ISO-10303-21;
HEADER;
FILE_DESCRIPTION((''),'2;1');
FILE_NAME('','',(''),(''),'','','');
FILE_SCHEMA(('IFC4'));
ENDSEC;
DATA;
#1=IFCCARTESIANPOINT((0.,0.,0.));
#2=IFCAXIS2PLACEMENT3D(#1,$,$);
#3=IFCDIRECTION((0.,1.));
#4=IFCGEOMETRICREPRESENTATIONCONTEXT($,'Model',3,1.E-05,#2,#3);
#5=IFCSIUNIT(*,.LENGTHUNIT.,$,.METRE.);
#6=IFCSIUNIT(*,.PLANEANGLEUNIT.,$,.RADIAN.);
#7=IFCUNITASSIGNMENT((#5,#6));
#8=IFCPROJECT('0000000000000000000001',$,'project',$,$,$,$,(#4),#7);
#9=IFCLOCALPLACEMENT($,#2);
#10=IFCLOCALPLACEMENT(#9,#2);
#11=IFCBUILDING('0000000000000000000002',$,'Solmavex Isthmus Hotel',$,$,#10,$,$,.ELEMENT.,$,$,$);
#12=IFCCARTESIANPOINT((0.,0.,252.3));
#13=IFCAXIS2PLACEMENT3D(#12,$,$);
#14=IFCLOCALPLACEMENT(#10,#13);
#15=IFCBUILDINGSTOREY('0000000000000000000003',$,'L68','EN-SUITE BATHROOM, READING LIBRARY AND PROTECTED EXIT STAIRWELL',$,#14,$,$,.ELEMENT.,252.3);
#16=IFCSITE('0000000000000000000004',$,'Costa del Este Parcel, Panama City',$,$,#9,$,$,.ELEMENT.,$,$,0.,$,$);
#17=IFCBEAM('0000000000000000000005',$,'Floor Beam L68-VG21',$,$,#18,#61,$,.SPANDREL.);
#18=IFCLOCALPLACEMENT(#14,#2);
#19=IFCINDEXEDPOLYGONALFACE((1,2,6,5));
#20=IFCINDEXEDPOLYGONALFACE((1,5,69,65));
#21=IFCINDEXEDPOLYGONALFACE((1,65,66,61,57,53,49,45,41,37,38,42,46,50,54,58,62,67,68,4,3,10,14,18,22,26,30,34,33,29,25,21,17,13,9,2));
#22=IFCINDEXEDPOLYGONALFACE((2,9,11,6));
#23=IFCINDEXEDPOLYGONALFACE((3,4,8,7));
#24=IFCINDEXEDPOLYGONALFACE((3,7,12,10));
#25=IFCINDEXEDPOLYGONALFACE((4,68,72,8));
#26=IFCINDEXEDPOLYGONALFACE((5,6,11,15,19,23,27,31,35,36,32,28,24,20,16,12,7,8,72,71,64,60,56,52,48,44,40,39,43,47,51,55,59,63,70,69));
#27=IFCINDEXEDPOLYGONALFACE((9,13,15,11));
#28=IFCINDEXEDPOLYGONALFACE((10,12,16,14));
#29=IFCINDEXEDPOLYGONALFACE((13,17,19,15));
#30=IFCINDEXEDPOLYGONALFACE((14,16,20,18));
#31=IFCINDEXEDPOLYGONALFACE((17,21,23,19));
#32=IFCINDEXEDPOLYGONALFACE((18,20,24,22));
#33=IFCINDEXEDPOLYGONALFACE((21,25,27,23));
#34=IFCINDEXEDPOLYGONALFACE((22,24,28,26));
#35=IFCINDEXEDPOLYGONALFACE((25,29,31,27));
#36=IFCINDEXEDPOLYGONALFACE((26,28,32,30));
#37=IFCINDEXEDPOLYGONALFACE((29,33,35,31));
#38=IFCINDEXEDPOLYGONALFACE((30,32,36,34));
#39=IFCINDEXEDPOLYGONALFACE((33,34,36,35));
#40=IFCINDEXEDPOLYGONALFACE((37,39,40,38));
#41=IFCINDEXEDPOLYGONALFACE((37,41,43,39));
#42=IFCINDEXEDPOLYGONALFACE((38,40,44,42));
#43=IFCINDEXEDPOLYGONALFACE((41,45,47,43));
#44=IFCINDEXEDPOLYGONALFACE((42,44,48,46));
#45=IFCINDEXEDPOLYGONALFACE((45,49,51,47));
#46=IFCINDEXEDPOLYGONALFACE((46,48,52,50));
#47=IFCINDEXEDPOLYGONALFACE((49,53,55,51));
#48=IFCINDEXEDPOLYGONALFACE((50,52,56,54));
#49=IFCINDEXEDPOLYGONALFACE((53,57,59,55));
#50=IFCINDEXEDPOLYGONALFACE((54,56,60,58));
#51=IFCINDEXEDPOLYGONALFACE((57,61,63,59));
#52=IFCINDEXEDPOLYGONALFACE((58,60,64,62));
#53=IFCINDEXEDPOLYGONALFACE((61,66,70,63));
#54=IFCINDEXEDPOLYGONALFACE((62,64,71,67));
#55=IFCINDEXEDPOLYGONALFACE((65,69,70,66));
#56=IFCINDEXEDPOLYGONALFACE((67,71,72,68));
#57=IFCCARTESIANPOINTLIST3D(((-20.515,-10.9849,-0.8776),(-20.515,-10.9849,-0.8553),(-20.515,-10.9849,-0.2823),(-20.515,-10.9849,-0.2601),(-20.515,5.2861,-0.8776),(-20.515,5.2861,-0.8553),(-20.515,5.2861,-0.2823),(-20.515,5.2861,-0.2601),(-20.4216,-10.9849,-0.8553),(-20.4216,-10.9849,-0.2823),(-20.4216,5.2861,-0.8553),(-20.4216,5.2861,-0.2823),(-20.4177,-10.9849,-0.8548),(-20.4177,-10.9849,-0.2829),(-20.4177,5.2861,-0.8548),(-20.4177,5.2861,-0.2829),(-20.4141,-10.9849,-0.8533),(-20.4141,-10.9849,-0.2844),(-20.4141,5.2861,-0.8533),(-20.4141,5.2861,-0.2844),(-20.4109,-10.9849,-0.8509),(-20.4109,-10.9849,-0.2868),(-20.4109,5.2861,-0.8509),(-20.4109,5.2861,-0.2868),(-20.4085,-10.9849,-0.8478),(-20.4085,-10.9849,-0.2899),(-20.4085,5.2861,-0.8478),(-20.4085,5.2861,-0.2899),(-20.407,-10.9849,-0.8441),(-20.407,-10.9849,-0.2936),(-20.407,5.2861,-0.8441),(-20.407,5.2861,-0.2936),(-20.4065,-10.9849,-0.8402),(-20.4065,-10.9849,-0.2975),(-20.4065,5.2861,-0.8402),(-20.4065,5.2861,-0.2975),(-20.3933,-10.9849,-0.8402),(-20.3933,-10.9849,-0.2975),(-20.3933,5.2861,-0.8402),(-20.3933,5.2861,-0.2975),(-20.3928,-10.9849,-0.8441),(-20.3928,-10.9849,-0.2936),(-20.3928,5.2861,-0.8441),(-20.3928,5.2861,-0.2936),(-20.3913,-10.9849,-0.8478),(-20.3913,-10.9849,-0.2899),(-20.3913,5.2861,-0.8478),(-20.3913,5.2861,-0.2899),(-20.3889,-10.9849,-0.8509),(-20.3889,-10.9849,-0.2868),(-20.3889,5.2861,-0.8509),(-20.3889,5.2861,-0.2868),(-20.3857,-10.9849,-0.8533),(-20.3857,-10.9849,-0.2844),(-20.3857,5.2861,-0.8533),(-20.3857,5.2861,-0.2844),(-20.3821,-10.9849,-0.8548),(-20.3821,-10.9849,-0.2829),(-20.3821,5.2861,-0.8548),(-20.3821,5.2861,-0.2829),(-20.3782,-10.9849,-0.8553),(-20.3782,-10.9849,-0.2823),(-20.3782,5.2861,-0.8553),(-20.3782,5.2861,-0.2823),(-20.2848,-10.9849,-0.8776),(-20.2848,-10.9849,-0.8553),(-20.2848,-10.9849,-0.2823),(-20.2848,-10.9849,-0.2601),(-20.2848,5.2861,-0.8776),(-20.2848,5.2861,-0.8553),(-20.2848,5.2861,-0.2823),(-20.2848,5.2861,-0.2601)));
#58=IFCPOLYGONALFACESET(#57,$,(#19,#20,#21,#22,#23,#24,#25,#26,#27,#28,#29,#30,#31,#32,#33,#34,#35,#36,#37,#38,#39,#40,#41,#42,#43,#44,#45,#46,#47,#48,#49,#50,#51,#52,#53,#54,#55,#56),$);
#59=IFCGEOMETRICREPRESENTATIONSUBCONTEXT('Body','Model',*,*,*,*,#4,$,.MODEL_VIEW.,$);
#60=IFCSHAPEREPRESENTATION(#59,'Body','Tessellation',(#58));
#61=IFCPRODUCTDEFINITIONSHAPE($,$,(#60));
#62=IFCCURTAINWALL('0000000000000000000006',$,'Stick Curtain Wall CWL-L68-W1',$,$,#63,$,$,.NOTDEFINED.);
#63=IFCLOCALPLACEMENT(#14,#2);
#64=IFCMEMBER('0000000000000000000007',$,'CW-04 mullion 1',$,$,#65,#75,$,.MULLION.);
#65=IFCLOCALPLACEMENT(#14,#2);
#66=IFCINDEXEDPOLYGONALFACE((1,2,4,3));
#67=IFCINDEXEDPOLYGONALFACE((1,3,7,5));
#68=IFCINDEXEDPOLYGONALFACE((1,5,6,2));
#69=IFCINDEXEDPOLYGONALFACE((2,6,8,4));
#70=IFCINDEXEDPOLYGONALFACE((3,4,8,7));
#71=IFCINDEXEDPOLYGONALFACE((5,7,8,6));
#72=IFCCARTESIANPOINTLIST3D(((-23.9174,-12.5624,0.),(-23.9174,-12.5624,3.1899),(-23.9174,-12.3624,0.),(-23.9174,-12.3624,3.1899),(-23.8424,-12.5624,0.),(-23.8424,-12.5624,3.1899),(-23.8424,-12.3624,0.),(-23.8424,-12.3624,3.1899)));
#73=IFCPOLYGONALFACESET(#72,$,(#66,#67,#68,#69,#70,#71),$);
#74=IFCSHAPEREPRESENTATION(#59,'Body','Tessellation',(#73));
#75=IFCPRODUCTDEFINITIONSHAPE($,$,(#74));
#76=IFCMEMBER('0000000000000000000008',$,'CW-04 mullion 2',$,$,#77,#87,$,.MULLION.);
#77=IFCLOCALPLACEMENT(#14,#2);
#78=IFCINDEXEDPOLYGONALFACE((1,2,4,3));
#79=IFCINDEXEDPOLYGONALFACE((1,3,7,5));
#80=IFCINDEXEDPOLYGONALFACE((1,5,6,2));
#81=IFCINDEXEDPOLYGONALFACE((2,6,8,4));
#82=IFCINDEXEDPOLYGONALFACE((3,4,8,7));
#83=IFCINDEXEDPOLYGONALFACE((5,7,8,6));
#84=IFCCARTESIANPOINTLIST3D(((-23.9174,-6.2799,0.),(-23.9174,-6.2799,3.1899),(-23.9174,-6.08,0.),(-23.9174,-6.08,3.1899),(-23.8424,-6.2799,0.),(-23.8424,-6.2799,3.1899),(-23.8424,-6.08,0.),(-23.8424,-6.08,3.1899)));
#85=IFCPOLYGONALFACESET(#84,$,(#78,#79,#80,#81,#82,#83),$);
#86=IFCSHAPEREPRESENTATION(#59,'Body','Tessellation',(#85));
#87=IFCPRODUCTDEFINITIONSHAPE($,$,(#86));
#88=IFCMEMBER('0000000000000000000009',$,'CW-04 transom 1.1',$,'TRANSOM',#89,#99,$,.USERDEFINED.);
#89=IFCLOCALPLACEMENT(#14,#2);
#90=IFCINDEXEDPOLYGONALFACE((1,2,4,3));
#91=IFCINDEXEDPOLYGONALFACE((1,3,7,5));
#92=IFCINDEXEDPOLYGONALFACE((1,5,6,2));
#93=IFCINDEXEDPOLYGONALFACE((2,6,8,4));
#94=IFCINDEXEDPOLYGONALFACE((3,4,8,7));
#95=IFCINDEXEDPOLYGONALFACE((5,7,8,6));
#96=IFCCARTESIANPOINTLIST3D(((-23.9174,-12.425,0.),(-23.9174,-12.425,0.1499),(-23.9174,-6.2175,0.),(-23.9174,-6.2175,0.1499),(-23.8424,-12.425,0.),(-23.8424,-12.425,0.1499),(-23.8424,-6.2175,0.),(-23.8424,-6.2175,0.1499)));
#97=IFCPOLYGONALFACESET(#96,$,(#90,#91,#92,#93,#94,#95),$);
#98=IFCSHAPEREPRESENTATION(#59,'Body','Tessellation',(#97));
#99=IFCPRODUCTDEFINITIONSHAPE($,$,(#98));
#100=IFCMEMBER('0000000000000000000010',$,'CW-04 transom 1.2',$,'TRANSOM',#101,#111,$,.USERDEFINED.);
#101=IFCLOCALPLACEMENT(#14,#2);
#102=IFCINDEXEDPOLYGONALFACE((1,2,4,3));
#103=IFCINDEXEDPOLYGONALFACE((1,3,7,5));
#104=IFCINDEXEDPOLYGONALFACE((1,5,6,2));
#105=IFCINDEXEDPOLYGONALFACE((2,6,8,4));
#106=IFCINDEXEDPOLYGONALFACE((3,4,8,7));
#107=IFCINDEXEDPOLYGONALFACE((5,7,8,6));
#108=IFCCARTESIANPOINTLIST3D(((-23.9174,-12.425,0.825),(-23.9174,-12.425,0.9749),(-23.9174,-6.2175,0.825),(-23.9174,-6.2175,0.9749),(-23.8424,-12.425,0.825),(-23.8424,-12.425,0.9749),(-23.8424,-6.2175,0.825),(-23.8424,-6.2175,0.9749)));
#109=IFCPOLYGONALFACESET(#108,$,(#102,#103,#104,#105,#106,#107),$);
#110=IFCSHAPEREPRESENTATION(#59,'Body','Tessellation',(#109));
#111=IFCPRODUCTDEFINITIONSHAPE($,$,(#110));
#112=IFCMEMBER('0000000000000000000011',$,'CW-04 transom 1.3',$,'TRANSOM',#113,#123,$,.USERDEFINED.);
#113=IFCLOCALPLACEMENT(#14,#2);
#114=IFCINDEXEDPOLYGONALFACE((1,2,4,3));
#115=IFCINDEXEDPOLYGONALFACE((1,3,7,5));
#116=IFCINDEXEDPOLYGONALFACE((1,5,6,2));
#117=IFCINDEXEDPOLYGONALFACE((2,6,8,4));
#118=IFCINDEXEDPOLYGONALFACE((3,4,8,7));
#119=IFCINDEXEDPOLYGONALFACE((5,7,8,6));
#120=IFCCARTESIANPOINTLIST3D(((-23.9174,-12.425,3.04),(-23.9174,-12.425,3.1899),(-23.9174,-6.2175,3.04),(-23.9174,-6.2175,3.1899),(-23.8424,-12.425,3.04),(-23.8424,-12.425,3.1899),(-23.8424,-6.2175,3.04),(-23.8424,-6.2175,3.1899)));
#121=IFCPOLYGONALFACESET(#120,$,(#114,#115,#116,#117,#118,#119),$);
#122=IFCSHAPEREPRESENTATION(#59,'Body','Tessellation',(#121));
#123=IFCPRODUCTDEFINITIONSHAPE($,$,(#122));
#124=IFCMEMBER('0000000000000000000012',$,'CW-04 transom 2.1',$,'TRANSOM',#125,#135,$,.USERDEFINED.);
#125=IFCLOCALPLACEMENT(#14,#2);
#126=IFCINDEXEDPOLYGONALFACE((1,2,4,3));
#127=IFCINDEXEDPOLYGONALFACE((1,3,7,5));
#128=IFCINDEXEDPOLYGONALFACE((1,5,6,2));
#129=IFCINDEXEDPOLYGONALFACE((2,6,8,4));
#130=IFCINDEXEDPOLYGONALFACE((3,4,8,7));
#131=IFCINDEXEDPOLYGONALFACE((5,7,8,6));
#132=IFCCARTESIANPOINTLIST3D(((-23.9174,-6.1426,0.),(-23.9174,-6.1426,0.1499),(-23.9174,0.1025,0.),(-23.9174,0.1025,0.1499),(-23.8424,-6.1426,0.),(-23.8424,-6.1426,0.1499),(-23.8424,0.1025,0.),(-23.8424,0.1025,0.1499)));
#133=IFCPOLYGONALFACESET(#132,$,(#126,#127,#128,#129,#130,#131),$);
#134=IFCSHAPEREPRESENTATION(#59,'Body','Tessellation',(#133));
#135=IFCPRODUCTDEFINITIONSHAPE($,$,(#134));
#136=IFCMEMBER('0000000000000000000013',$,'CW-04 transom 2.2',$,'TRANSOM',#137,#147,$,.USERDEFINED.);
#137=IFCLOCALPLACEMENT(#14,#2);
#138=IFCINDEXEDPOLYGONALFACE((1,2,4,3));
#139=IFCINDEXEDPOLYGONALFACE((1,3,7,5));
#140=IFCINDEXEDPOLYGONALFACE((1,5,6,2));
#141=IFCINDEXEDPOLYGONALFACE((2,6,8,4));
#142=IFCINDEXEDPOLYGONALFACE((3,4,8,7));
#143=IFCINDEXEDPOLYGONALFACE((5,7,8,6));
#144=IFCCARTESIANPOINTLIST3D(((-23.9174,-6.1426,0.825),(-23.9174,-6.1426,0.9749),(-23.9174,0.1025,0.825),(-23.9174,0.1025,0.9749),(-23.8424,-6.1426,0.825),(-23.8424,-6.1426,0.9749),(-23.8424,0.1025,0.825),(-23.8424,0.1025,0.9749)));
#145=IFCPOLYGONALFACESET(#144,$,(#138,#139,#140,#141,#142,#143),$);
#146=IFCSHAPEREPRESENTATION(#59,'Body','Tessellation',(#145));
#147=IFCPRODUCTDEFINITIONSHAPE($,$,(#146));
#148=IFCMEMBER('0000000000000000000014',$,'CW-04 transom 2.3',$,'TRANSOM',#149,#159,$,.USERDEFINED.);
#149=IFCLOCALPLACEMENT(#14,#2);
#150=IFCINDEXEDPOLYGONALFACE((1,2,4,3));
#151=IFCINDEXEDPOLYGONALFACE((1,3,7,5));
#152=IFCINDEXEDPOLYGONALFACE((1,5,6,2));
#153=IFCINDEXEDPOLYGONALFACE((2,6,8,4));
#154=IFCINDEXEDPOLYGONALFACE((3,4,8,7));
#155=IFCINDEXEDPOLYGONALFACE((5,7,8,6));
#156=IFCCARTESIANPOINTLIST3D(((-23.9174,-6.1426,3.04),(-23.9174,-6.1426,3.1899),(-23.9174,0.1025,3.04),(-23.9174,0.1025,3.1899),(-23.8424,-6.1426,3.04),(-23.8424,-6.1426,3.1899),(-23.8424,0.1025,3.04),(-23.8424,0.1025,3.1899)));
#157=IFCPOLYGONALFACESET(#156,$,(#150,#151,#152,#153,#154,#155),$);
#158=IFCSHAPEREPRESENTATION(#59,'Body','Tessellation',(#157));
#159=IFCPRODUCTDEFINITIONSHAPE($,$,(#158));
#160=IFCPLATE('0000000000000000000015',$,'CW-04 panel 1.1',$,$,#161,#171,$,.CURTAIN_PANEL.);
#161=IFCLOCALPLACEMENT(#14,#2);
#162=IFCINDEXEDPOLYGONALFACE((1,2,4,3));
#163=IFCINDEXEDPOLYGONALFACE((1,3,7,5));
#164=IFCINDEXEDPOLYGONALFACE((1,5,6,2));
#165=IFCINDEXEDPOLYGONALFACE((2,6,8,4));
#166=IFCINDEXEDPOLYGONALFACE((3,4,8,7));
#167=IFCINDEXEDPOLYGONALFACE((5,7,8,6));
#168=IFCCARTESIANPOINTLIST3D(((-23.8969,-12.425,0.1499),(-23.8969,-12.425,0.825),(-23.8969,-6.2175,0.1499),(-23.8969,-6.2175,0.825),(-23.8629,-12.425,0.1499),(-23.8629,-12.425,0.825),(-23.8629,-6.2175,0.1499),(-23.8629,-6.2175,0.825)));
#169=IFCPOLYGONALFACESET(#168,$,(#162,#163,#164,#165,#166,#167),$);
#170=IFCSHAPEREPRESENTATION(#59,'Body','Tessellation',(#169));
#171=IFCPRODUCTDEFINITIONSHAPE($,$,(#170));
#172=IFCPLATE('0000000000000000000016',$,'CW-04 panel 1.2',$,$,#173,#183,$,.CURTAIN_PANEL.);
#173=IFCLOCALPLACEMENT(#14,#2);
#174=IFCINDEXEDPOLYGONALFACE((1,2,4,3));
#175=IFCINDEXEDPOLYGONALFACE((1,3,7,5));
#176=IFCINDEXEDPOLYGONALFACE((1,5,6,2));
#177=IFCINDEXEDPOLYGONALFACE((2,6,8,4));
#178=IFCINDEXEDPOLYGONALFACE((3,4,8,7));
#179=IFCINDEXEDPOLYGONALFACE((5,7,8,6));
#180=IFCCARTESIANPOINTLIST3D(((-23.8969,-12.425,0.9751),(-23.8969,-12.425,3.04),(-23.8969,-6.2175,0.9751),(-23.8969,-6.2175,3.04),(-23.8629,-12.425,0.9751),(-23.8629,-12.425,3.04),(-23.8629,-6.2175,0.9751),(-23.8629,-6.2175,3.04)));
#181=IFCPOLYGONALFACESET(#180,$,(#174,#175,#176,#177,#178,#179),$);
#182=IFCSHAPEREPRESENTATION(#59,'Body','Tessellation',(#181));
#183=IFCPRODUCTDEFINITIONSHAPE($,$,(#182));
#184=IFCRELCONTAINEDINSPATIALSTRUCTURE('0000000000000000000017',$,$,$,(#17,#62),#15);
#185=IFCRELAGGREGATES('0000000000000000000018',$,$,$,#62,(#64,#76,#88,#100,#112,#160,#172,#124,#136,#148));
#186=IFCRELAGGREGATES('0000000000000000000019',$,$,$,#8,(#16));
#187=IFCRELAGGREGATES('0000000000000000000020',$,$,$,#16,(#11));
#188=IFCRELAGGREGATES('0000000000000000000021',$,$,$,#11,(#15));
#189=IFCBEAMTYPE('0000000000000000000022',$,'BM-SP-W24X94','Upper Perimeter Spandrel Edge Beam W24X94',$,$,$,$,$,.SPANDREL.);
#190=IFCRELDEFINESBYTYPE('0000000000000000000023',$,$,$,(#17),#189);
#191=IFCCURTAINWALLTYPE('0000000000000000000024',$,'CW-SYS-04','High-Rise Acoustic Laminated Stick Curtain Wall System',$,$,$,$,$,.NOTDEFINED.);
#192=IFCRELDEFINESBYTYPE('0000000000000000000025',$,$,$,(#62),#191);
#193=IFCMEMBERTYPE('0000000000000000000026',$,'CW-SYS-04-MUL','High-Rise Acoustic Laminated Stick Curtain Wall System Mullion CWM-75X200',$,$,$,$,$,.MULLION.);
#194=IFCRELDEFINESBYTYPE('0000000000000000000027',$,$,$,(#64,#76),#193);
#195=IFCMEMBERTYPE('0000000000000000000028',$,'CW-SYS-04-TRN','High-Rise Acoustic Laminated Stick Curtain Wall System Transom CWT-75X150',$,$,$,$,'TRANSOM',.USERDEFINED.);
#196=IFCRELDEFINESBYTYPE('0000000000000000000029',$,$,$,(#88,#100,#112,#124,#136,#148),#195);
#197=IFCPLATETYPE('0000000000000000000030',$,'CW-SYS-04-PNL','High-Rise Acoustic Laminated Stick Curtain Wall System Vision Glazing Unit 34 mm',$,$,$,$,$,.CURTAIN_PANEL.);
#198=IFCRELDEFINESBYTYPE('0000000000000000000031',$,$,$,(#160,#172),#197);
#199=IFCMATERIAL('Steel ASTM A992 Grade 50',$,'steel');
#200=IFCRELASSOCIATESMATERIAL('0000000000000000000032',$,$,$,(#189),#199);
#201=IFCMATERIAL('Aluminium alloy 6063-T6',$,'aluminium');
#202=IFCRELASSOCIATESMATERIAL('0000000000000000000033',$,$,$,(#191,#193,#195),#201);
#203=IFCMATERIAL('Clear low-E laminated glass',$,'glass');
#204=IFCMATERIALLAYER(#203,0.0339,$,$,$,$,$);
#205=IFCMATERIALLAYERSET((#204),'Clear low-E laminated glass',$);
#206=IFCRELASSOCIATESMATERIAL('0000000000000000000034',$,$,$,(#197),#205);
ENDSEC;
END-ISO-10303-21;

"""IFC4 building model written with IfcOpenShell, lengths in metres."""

from ifc_helpers import new_model, si_unit, direction, frame, origin, origin_2d, place, context, subcontext, project, spatial, rectangle, i_section, extrude, material, layer, layer_set, material_profile, profile_set, type_object, element, aggregate, save


model = new_model("IFC4")

# Units and contexts
model_context = context("Model", 3, precision=1e-05, world=origin(), true_north=direction((0.0, 1.0)))
body_context = subcontext(model_context, "Body", "Model", "MODEL_VIEW")
ifc_project = project(units=[si_unit("LENGTHUNIT", "METRE"), si_unit("PLANEANGLEUNIT", "RADIAN")], contexts=[model_context])

# Site, building, storey
site_placement = place(None, origin())
site = spatial("IfcSite", under=ifc_project, at=site_placement, Name="Costa del Este Parcel, Panama City", CompositionType="ELEMENT", RefElevation=0.0)
building_placement = place(site_placement, origin())
building = spatial("IfcBuilding", under=site, at=building_placement, Name="Solmavex Isthmus Hotel", CompositionType="ELEMENT")
storey_placement = place(building_placement, frame((0.0, 0.0, 252.3)))
storey = spatial("IfcBuildingStorey", under=building, at=storey_placement, Name="L68", Description="EN-SUITE BATHROOM, READING LIBRARY AND PROTECTED EXIT STAIRWELL", CompositionType="ELEMENT", Elevation=252.3)

# Beam
ifc_material_1 = material(Name="Steel ASTM A992 Grade 50", Category="steel")
ifc_material_profile_1 = material_profile(ifc_material_1, i_section(OverallWidth=0.2302, OverallDepth=0.6174, WebThickness=0.0132, FlangeThickness=0.0222, FilletRadius=0.0151, at=origin_2d()), Name="W24X94")
ifc_profile_set_1 = profile_set([ifc_material_profile_1], Name="Steel ASTM A992 Grade 50")
beam_type_1 = type_object("IfcBeamType", Name="BM-SP-W24X94", Description="Upper Perimeter Spandrel Edge Beam W24X94", PredefinedType="SPANDREL", material=ifc_profile_set_1)
beam_1_placement = place(storey_placement, frame((-20.3999, -10.9849, -0.5688), z_axis=(0.0, 1.0, 0.0), x_axis=(-1.0, 0.0, 0.0)))
element("IfcBeam", 1, at=beam_1_placement, inside=storey, type_object=beam_type_1, Name="Floor Beam L68-VG21", PredefinedType="SPANDREL", context=body_context, shape_type="SweptSolid", body=[
    extrude(i_section(OverallWidth=0.2302, OverallDepth=0.6174, WebThickness=0.0132, FlangeThickness=0.0222, FilletRadius=0.0151, at=origin_2d()), origin(), (0.0, 0.0, 1.0), 16.271),
])

# Curtain wall, members, plates
ifc_material_2 = material(Name="Aluminium alloy 6063-T6", Category="aluminium")
curtain_wall_type = type_object("IfcCurtainWallType", Name="CW-SYS-04", Description="High-Rise Acoustic Laminated Stick Curtain Wall System", PredefinedType="NOTDEFINED", material=ifc_material_2)
curtain_wall_placement = place(storey_placement, origin())
curtain_wall = element("IfcCurtainWall", 2, at=curtain_wall_placement, inside=storey, type_object=curtain_wall_type, Name="Stick Curtain Wall CWL-L68-W1", PredefinedType="NOTDEFINED")
ifc_material_profile_2 = material_profile(ifc_material_2, rectangle(XDim=0.075, YDim=0.2, at=origin_2d()), Name="CWM-75X200")
ifc_profile_set_2 = profile_set([ifc_material_profile_2], Name="Aluminium alloy 6063-T6")
member_type_1 = type_object("IfcMemberType", Name="CW-SYS-04-MUL", Description="High-Rise Acoustic Laminated Stick Curtain Wall System Mullion CWM-75X200", PredefinedType="MULLION", material=ifc_profile_set_2)
member_1_placement = place(storey_placement, frame((-23.8799, -12.4624, 0.0), z_axis=(0.0, 0.0, 1.0), x_axis=(-1.0, 0.0, 0.0)))
member_1 = element("IfcMember", 3, at=member_1_placement, type_object=member_type_1, Name="CW-04 mullion 1", PredefinedType="MULLION", context=body_context, shape_type="SweptSolid", body=[
    extrude(rectangle(XDim=0.075, YDim=0.2, at=origin_2d()), origin(), (0.0, 0.0, 1.0), 3.1899),
])
member_2_placement = place(storey_placement, frame((-23.8799, -6.1799, 0.0), z_axis=(0.0, 0.0, 1.0), x_axis=(-1.0, 0.0, 0.0)))
member_2 = element("IfcMember", 4, at=member_2_placement, type_object=member_type_1, Name="CW-04 mullion 2", PredefinedType="MULLION", context=body_context, shape_type="SweptSolid", body=[
    extrude(rectangle(XDim=0.075, YDim=0.2, at=origin_2d()), origin(), (0.0, 0.0, 1.0), 3.1899),
])
ifc_material_profile_3 = material_profile(ifc_material_2, rectangle(XDim=0.075, YDim=0.1499, at=origin_2d()), Name="CWT-75X150")
ifc_profile_set_3 = profile_set([ifc_material_profile_3], Name="Aluminium alloy 6063-T6")
member_type_2 = type_object("IfcMemberType", Name="CW-SYS-04-TRN", Description="High-Rise Acoustic Laminated Stick Curtain Wall System Transom CWT-75X150", ElementType="TRANSOM", PredefinedType="USERDEFINED", material=ifc_profile_set_3)
member_3_placement = place(storey_placement, frame((-23.8799, -12.425, 0.075), z_axis=(0.0, 1.0, 0.0), x_axis=(-1.0, 0.0, 0.0)))
member_3 = element("IfcMember", 5, at=member_3_placement, type_object=member_type_2, Name="CW-04 transom 1.1", ObjectType="TRANSOM", PredefinedType="USERDEFINED", context=body_context, shape_type="SweptSolid", body=[
    extrude(rectangle(XDim=0.075, YDim=0.1499, at=origin_2d()), origin(), (0.0, 0.0, 1.0), 6.2075),
])
member_4_placement = place(storey_placement, frame((-23.8799, -12.425, 0.8999), z_axis=(0.0, 1.0, 0.0), x_axis=(-1.0, 0.0, 0.0)))
member_4 = element("IfcMember", 6, at=member_4_placement, type_object=member_type_2, Name="CW-04 transom 1.2", ObjectType="TRANSOM", PredefinedType="USERDEFINED", context=body_context, shape_type="SweptSolid", body=[
    extrude(rectangle(XDim=0.075, YDim=0.1499, at=origin_2d()), origin(), (0.0, 0.0, 1.0), 6.2075),
])
member_5_placement = place(storey_placement, frame((-23.8799, -12.425, 3.115), z_axis=(0.0, 1.0, 0.0), x_axis=(-1.0, 0.0, 0.0)))
member_5 = element("IfcMember", 7, at=member_5_placement, type_object=member_type_2, Name="CW-04 transom 1.3", ObjectType="TRANSOM", PredefinedType="USERDEFINED", context=body_context, shape_type="SweptSolid", body=[
    extrude(rectangle(XDim=0.075, YDim=0.1499, at=origin_2d()), origin(), (0.0, 0.0, 1.0), 6.2075),
])
member_6_placement = place(storey_placement, frame((-23.8799, -6.1426, 0.075), z_axis=(0.0, 1.0, 0.0), x_axis=(-1.0, 0.0, 0.0)))
member_6 = element("IfcMember", 8, at=member_6_placement, type_object=member_type_2, Name="CW-04 transom 2.1", ObjectType="TRANSOM", PredefinedType="USERDEFINED", context=body_context, shape_type="SweptSolid", body=[
    extrude(rectangle(XDim=0.075, YDim=0.1499, at=origin_2d()), origin(), (0.0, 0.0, 1.0), 6.2451),
])
member_7_placement = place(storey_placement, frame((-23.8799, -6.1426, 0.8999), z_axis=(0.0, 1.0, 0.0), x_axis=(-1.0, 0.0, 0.0)))
member_7 = element("IfcMember", 9, at=member_7_placement, type_object=member_type_2, Name="CW-04 transom 2.2", ObjectType="TRANSOM", PredefinedType="USERDEFINED", context=body_context, shape_type="SweptSolid", body=[
    extrude(rectangle(XDim=0.075, YDim=0.1499, at=origin_2d()), origin(), (0.0, 0.0, 1.0), 6.2451),
])
member_8_placement = place(storey_placement, frame((-23.8799, -6.1426, 3.115), z_axis=(0.0, 1.0, 0.0), x_axis=(-1.0, 0.0, 0.0)))
member_8 = element("IfcMember", 10, at=member_8_placement, type_object=member_type_2, Name="CW-04 transom 2.3", ObjectType="TRANSOM", PredefinedType="USERDEFINED", context=body_context, shape_type="SweptSolid", body=[
    extrude(rectangle(XDim=0.075, YDim=0.1499, at=origin_2d()), origin(), (0.0, 0.0, 1.0), 6.2451),
])
ifc_material_3 = material(Name="Clear low-E laminated glass", Category="glass")
ifc_layer_1 = layer(ifc_material_3, 0.0339)
ifc_layer_set_1 = layer_set([ifc_layer_1], Name="Clear low-E laminated glass")
plate_type = type_object("IfcPlateType", Name="CW-SYS-04-PNL", Description="High-Rise Acoustic Laminated Stick Curtain Wall System Vision Glazing Unit 34 mm", PredefinedType="CURTAIN_PANEL", material=ifc_layer_set_1)
plate_1_placement = place(storey_placement, frame((-23.8799, -9.3213, 0.1499), z_axis=(0.0, 0.0, 1.0), x_axis=(0.0, 1.0, 0.0)))
plate_1 = element("IfcPlate", 11, at=plate_1_placement, type_object=plate_type, Name="CW-04 panel 1.1", PredefinedType="CURTAIN_PANEL", context=body_context, shape_type="SweptSolid", body=[
    extrude(rectangle(XDim=6.2075, YDim=0.0339, at=origin_2d()), origin(), (0.0, 0.0, 1.0), 0.675),
])
plate_2_placement = place(storey_placement, frame((-23.8799, -9.3213, 0.9751), z_axis=(0.0, 0.0, 1.0), x_axis=(0.0, 1.0, 0.0)))
plate_2 = element("IfcPlate", 12, at=plate_2_placement, type_object=plate_type, Name="CW-04 panel 1.2", PredefinedType="CURTAIN_PANEL", context=body_context, shape_type="SweptSolid", body=[
    extrude(rectangle(XDim=6.2075, YDim=0.0339, at=origin_2d()), origin(), (0.0, 0.0, 1.0), 2.0649),
])
aggregate(curtain_wall, [member_1, member_2, member_3, member_4, member_5, plate_1, plate_2, member_6, member_7, member_8])

save(model, "model.ifc")
